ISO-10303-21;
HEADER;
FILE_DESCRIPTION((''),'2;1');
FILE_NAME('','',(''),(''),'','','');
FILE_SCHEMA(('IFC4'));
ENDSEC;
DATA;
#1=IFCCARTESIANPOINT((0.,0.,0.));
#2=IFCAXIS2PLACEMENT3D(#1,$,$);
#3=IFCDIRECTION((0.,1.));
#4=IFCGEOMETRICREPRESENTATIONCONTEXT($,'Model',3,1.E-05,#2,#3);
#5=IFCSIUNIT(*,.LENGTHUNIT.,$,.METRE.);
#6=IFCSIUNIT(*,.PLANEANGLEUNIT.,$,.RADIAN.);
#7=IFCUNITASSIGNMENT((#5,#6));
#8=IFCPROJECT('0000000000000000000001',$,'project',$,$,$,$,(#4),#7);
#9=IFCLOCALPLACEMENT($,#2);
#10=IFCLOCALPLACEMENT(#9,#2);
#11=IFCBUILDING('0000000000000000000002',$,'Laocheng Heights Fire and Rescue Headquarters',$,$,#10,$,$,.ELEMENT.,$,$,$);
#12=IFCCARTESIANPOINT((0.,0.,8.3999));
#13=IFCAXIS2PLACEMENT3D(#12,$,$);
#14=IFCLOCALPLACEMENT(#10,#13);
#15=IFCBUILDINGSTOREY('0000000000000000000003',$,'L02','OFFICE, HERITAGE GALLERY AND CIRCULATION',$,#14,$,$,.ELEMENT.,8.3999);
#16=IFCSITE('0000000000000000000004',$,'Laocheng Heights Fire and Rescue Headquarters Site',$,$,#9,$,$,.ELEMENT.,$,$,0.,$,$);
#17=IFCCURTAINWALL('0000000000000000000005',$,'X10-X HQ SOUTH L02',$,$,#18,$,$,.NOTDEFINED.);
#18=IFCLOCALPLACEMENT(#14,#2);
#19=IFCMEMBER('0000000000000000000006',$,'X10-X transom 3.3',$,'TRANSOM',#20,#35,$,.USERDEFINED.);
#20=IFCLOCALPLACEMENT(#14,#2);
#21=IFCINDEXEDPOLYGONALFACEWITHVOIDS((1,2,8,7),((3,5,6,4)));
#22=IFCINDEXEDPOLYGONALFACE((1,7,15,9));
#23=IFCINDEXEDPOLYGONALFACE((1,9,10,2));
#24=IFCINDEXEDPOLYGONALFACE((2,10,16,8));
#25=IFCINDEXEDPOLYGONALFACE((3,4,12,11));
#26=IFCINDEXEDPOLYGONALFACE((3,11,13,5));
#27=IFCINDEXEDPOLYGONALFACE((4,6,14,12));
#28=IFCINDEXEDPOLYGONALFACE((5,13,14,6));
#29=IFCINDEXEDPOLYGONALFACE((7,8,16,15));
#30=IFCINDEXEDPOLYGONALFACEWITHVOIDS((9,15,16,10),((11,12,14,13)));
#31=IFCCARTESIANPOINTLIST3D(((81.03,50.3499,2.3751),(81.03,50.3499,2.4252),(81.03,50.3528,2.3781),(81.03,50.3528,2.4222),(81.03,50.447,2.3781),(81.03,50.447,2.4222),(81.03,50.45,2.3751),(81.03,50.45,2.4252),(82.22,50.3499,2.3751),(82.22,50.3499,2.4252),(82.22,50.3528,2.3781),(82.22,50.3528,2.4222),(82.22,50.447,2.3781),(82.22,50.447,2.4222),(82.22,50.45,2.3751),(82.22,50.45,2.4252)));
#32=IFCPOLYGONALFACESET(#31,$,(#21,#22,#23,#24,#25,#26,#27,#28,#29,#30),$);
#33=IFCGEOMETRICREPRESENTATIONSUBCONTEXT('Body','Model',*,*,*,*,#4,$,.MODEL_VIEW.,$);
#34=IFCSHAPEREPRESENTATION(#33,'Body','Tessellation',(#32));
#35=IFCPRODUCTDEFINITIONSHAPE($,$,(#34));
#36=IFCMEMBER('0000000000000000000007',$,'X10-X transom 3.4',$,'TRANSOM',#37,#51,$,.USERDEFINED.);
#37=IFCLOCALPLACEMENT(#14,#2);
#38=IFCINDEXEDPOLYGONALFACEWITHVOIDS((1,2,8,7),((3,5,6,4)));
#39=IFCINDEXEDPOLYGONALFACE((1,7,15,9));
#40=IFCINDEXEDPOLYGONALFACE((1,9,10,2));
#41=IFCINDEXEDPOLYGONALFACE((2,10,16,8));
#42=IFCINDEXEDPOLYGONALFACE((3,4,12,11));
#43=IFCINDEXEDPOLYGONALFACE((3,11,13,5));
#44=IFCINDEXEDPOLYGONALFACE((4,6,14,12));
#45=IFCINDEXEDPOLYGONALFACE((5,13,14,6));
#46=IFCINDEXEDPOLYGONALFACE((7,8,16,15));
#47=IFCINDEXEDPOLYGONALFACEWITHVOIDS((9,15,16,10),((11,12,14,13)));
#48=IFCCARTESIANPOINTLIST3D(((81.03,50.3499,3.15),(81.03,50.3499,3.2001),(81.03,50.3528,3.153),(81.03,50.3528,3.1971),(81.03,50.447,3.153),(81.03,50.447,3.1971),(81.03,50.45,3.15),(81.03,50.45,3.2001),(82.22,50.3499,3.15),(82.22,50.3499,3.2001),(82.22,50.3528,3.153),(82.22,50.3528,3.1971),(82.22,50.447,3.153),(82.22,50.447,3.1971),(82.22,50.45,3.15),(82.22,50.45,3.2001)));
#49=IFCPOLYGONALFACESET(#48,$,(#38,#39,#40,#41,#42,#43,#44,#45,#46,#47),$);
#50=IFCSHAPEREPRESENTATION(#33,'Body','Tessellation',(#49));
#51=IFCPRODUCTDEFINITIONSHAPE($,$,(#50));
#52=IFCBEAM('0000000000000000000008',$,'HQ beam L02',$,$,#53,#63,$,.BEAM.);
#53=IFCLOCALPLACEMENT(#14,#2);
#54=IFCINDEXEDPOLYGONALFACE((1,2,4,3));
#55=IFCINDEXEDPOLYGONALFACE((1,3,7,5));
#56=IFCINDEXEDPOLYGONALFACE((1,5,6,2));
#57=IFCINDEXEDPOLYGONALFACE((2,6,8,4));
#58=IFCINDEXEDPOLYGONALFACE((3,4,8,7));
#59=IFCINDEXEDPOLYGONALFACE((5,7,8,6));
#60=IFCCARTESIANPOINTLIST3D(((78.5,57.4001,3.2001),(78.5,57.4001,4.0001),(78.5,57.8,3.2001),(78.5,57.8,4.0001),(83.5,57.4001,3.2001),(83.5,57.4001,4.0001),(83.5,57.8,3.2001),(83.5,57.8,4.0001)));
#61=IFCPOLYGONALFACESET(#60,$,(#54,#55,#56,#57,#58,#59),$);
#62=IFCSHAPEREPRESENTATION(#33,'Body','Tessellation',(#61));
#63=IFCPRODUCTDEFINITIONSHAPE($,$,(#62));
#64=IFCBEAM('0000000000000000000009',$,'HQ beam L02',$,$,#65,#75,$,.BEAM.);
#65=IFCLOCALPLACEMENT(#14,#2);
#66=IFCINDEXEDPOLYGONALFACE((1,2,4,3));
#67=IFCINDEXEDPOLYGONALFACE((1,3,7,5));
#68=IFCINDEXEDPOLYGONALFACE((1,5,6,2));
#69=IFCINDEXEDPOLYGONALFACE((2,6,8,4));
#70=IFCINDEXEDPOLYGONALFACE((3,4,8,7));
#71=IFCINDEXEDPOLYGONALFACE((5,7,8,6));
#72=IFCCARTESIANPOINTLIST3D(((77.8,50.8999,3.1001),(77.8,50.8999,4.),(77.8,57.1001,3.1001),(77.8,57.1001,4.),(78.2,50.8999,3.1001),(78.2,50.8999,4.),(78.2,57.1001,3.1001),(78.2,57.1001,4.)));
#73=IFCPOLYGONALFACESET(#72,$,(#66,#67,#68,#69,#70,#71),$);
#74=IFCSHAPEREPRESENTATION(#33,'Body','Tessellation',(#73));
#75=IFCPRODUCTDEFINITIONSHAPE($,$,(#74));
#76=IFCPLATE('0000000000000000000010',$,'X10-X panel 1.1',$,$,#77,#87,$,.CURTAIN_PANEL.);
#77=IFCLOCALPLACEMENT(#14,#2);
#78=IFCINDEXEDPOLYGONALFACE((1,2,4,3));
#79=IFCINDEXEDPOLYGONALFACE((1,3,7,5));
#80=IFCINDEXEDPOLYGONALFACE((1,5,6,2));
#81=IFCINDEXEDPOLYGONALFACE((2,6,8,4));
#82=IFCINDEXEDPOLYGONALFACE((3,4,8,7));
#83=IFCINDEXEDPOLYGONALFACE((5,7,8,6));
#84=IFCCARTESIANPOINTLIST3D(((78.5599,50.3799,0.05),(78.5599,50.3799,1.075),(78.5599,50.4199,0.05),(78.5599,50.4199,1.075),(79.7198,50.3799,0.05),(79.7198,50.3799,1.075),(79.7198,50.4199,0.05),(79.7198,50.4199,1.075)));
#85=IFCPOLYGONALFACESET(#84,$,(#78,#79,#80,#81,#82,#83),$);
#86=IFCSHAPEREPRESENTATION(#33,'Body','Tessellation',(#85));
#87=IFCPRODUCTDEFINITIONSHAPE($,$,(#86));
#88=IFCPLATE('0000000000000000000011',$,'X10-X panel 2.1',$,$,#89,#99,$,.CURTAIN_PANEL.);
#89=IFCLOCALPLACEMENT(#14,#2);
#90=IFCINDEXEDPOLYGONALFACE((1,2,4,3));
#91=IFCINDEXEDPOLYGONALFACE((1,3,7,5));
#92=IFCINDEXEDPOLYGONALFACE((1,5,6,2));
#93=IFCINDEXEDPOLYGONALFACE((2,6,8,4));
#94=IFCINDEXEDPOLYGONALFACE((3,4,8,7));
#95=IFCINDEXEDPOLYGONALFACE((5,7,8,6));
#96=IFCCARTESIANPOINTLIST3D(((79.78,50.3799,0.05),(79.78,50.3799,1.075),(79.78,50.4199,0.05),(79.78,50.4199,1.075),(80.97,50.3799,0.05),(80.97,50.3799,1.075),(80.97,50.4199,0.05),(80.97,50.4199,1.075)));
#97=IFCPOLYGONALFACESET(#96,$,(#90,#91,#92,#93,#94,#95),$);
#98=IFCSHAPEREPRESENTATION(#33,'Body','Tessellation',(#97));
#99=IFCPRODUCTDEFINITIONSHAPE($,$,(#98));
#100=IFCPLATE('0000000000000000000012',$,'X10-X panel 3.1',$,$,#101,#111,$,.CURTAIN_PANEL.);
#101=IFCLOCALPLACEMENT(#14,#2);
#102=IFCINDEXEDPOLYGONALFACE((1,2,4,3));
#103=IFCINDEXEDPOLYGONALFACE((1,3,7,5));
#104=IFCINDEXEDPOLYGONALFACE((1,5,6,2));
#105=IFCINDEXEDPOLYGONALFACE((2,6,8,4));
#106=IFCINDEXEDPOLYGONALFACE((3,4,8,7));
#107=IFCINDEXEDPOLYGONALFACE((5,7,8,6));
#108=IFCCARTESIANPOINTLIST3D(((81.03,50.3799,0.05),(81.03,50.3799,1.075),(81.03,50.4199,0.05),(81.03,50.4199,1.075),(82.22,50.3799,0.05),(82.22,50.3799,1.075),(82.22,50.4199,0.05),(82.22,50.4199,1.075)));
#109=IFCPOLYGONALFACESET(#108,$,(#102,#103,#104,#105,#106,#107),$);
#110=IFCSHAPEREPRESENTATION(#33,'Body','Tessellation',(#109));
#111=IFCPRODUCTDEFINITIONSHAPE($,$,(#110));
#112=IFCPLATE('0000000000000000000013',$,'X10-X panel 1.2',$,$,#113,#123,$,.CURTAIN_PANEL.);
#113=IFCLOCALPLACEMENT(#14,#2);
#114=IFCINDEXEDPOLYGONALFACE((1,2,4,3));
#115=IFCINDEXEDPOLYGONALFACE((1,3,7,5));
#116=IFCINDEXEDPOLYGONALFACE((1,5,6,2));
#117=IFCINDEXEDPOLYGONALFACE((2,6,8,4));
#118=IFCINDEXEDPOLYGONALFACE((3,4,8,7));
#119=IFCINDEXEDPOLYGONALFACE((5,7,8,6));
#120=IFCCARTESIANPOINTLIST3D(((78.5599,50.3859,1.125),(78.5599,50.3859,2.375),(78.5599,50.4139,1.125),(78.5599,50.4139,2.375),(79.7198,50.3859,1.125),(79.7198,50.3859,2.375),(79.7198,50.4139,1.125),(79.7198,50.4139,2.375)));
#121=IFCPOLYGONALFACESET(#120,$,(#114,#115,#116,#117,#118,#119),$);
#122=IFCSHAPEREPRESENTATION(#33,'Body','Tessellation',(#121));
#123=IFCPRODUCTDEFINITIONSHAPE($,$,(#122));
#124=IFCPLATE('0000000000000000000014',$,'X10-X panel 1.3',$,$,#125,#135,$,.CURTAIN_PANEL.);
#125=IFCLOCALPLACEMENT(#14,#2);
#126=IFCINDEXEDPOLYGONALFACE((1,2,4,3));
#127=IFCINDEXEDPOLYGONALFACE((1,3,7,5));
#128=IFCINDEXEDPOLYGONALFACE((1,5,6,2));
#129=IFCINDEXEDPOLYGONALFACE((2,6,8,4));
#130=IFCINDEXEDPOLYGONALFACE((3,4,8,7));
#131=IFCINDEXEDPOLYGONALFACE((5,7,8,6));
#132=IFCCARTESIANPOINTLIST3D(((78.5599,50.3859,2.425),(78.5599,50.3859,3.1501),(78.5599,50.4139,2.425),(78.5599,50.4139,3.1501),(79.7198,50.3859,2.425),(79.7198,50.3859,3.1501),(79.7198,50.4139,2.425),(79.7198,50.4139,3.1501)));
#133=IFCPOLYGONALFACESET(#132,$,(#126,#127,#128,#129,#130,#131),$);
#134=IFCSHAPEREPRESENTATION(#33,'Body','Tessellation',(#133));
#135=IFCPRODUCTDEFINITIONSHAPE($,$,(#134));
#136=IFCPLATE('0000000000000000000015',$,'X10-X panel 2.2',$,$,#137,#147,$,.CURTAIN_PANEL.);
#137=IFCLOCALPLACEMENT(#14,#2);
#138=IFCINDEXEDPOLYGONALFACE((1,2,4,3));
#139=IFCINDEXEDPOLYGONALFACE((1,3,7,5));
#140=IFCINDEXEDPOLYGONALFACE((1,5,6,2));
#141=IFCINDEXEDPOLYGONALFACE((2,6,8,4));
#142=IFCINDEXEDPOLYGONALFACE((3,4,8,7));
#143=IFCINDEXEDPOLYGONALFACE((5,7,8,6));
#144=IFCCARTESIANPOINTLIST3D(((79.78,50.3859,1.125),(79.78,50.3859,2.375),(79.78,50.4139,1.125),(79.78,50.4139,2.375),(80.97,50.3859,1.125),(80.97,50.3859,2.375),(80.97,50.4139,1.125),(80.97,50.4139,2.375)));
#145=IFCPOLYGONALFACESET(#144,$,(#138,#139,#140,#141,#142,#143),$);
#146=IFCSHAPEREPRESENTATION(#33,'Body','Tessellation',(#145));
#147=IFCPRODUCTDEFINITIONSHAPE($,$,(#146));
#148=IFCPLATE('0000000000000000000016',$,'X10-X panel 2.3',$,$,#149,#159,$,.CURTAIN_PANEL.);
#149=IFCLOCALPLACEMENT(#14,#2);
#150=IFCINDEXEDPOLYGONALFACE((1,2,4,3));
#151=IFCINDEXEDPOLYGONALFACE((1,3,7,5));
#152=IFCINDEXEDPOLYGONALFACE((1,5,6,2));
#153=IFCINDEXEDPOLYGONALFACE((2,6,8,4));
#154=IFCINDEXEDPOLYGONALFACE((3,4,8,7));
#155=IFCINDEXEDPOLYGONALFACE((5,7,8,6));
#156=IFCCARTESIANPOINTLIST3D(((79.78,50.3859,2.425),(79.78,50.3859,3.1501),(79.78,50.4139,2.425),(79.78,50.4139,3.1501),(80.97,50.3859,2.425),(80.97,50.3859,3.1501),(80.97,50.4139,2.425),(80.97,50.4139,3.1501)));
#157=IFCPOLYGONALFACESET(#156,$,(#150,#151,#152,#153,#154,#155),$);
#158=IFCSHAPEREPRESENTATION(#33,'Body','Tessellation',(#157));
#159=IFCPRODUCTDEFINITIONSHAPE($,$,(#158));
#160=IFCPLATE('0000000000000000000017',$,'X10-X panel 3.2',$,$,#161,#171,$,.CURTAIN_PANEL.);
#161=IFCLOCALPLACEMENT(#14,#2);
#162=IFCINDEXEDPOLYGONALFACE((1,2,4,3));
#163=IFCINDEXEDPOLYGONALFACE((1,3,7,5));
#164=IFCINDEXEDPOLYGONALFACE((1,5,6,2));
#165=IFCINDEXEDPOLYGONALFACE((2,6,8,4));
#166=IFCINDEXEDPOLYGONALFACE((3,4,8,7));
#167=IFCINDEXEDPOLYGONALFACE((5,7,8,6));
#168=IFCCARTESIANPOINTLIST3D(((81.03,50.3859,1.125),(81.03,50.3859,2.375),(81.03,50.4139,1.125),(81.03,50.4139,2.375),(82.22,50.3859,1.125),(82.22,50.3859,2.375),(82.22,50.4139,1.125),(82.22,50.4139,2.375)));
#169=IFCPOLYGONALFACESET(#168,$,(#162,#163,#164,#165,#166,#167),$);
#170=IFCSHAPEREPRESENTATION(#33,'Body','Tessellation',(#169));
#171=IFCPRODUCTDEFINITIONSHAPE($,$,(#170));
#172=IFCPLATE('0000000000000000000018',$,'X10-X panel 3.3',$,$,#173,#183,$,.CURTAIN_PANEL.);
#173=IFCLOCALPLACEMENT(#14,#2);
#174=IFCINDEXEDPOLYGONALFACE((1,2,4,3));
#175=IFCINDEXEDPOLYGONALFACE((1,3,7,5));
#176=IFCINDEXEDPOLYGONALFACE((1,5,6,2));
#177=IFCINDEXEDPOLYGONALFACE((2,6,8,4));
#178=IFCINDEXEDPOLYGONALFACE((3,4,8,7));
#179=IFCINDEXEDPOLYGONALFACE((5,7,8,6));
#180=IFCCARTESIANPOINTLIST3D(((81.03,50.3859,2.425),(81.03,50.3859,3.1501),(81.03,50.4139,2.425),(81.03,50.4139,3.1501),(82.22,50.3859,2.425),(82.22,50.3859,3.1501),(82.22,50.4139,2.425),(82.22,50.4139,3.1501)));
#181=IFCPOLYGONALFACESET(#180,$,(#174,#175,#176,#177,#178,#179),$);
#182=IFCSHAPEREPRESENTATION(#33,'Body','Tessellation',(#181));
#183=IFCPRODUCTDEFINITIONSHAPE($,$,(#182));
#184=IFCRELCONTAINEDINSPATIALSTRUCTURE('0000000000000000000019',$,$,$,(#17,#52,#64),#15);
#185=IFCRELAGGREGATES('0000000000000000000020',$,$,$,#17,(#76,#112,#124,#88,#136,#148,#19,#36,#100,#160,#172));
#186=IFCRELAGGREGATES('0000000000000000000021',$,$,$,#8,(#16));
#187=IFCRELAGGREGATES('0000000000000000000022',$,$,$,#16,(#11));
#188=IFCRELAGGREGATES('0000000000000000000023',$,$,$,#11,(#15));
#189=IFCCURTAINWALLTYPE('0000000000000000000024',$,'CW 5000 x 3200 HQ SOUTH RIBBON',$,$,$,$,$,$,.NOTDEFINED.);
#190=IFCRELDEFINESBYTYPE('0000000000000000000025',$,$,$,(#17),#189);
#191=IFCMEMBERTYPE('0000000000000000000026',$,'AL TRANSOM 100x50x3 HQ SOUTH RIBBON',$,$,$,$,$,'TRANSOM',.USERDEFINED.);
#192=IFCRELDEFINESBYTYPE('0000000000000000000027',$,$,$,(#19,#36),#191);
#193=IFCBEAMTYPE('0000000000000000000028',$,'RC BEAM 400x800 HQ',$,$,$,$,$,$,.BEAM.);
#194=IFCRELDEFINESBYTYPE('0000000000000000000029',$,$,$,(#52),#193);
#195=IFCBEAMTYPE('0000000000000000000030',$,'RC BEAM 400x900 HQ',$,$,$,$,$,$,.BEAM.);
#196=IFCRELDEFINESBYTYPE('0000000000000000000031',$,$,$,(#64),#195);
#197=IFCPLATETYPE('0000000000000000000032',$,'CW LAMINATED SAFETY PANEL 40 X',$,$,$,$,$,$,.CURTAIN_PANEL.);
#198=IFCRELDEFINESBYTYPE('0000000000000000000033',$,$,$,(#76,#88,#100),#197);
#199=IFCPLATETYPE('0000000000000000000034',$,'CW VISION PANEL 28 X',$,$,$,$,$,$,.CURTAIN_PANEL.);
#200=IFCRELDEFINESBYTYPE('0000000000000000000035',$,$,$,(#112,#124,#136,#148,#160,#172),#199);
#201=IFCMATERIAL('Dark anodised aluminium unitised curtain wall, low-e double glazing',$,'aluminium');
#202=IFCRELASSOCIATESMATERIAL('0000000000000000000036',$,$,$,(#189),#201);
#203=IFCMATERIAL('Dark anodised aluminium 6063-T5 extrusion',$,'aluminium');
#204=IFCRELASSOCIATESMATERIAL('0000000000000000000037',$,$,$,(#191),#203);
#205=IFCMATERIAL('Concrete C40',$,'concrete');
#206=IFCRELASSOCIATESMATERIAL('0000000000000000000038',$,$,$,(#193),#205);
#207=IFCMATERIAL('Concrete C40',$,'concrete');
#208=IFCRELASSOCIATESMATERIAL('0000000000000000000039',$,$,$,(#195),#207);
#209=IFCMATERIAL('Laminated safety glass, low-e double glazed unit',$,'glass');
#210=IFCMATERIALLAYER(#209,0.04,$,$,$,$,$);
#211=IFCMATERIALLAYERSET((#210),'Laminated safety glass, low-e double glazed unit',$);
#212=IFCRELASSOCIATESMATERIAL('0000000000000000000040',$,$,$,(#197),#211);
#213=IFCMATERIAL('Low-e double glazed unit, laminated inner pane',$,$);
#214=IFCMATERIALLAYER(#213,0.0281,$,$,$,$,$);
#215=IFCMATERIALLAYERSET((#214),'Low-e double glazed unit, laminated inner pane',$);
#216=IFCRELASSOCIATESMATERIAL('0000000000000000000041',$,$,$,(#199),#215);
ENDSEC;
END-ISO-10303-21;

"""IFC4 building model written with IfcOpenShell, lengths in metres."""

from ifc_helpers import new_model, si_unit, direction, frame, origin, origin_2d, place, context, subcontext, project, spatial, rectangle, hollow_rectangle, extrude, material, layer, layer_set, material_profile, profile_set, type_object, element, aggregate, save


model = new_model("IFC4")

# Units and contexts
model_context = context("Model", 3, precision=1e-05, world=origin(), true_north=direction((0.0, 1.0)))
body_context = subcontext(model_context, "Body", "Model", "MODEL_VIEW")
ifc_project = project(units=[si_unit("LENGTHUNIT", "METRE"), si_unit("PLANEANGLEUNIT", "RADIAN")], contexts=[model_context])

# Site, building, storey
site_placement = place(None, origin())
site = spatial("IfcSite", under=ifc_project, at=site_placement, Name="Laocheng Heights Fire and Rescue Headquarters Site", CompositionType="ELEMENT", RefElevation=0.0)
building_placement = place(site_placement, origin())
building = spatial("IfcBuilding", under=site, at=building_placement, Name="Laocheng Heights Fire and Rescue Headquarters", CompositionType="ELEMENT")
storey_placement = place(building_placement, frame((0.0, 0.0, 8.3999)))
storey = spatial("IfcBuildingStorey", under=building, at=storey_placement, Name="L02", Description="OFFICE, HERITAGE GALLERY AND CIRCULATION", CompositionType="ELEMENT", Elevation=8.3999)

# Curtain wall, members
ifc_material_1 = material(Name="Dark anodised aluminium unitised curtain wall, low-e double glazing", Category="aluminium")
curtain_wall_type = type_object("IfcCurtainWallType", Name="CW 5000 x 3200 HQ SOUTH RIBBON", PredefinedType="NOTDEFINED", material=ifc_material_1)
curtain_wall_placement = place(storey_placement, origin())
curtain_wall = element("IfcCurtainWall", 1, at=curtain_wall_placement, inside=storey, type_object=curtain_wall_type, Name="X10-X HQ SOUTH L02", PredefinedType="NOTDEFINED")
ifc_material_2 = material(Name="Dark anodised aluminium 6063-T5 extrusion", Category="aluminium")
ifc_material_profile_1 = material_profile(ifc_material_2, hollow_rectangle(XDim=0.1001, YDim=0.05, WallThickness=0.0029, at=origin_2d()), Name="AL TRANSOM 100x50x3 HQ SOUTH RIBBON")
ifc_profile_set_1 = profile_set([ifc_material_profile_1], Name="Dark anodised aluminium 6063-T5 extrusion")
member_type_1 = type_object("IfcMemberType", Name="AL TRANSOM 100x50x3 HQ SOUTH RIBBON", ElementType="TRANSOM", PredefinedType="USERDEFINED", material=ifc_profile_set_1)
member_1_placement = place(storey_placement, frame((81.03, 50.3999, 2.4001), z_axis=(1.0, 0.0, 0.0), x_axis=(0.0, 1.0, 0.0)))
member_1 = element("IfcMember", 2, at=member_1_placement, type_object=member_type_1, Name="X10-X transom 3.3", ObjectType="TRANSOM", PredefinedType="USERDEFINED", context=body_context, shape_type="SweptSolid", body=[
    extrude(hollow_rectangle(XDim=0.1001, YDim=0.05, WallThickness=0.0029, at=origin_2d()), origin(), (0.0, 0.0, 1.0), 1.1899),
])
member_2_placement = place(storey_placement, frame((81.03, 50.3999, 3.175), z_axis=(1.0, 0.0, 0.0), x_axis=(0.0, 1.0, 0.0)))
member_2 = element("IfcMember", 3, at=member_2_placement, type_object=member_type_1, Name="X10-X transom 3.4", ObjectType="TRANSOM", PredefinedType="USERDEFINED", context=body_context, shape_type="SweptSolid", body=[
    extrude(hollow_rectangle(XDim=0.1001, YDim=0.05, WallThickness=0.0029, at=origin_2d()), origin(), (0.0, 0.0, 1.0), 1.1899),
])

# Beams
ifc_material_3 = material(Name="Concrete C40", Category="concrete")
ifc_material_profile_2 = material_profile(ifc_material_3, rectangle(XDim=0.3999, YDim=0.8, at=origin_2d()), Name="RC BEAM 400x800 HQ")
ifc_profile_set_2 = profile_set([ifc_material_profile_2], Name="Concrete C40")
beam_type_1 = type_object("IfcBeamType", Name="RC BEAM 400x800 HQ", PredefinedType="BEAM", material=ifc_profile_set_2)
beam_1_placement = place(storey_placement, frame((78.5, 57.6001, 3.6001), z_axis=(1.0, 0.0, 0.0), x_axis=(0.0, 1.0, 0.0)))
element("IfcBeam", 4, at=beam_1_placement, inside=storey, type_object=beam_type_1, Name="HQ beam L02", PredefinedType="BEAM", context=body_context, shape_type="SweptSolid", body=[
    extrude(rectangle(XDim=0.3999, YDim=0.8, at=origin_2d()), origin(), (0.0, 0.0, 1.0), 5.0),
])
ifc_material_4 = material(Name="Concrete C40", Category="concrete")
ifc_material_profile_3 = material_profile(ifc_material_4, rectangle(XDim=0.3999, YDim=0.8999, at=origin_2d()), Name="RC BEAM 400x900 HQ")
ifc_profile_set_3 = profile_set([ifc_material_profile_3], Name="Concrete C40")
beam_type_2 = type_object("IfcBeamType", Name="RC BEAM 400x900 HQ", PredefinedType="BEAM", material=ifc_profile_set_3)
beam_2_placement = place(storey_placement, frame((78.0, 50.8999, 3.55), z_axis=(0.0, 1.0, 0.0), x_axis=(-1.0, 0.0, 0.0)))
element("IfcBeam", 5, at=beam_2_placement, inside=storey, type_object=beam_type_2, Name="HQ beam L02", PredefinedType="BEAM", context=body_context, shape_type="SweptSolid", body=[
    extrude(rectangle(XDim=0.3999, YDim=0.8999, at=origin_2d()), origin(), (0.0, 0.0, 1.0), 6.2002),
])

# Plates
ifc_material_5 = material(Name="Laminated safety glass, low-e double glazed unit", Category="glass")
ifc_layer_1 = layer(ifc_material_5, 0.04)
ifc_layer_set_1 = layer_set([ifc_layer_1], Name="Laminated safety glass, low-e double glazed unit")
plate_type_1 = type_object("IfcPlateType", Name="CW LAMINATED SAFETY PANEL 40 X", PredefinedType="CURTAIN_PANEL", material=ifc_layer_set_1)
plate_1_placement = place(storey_placement, frame((79.1399, 50.3999, 0.05), z_axis=(0.0, 0.0, 1.0), x_axis=(1.0, 0.0, 0.0)))
plate_1 = element("IfcPlate", 6, at=plate_1_placement, type_object=plate_type_1, Name="X10-X panel 1.1", PredefinedType="CURTAIN_PANEL", context=body_context, shape_type="SweptSolid", body=[
    extrude(rectangle(XDim=1.1599, YDim=0.04, at=origin_2d()), origin(), (0.0, 0.0, 1.0), 1.0249),
])
plate_2_placement = place(storey_placement, frame((80.375, 50.3999, 0.05), z_axis=(0.0, 0.0, 1.0), x_axis=(1.0, 0.0, 0.0)))
plate_2 = element("IfcPlate", 7, at=plate_2_placement, type_object=plate_type_1, Name="X10-X panel 2.1", PredefinedType="CURTAIN_PANEL", context=body_context, shape_type="SweptSolid", body=[
    extrude(rectangle(XDim=1.1899, YDim=0.04, at=origin_2d()), origin(), (0.0, 0.0, 1.0), 1.0249),
])
plate_3_placement = place(storey_placement, frame((81.625, 50.3999, 0.05), z_axis=(0.0, 0.0, 1.0), x_axis=(1.0, 0.0, 0.0)))
plate_3 = element("IfcPlate", 8, at=plate_3_placement, type_object=plate_type_1, Name="X10-X panel 3.1", PredefinedType="CURTAIN_PANEL", context=body_context, shape_type="SweptSolid", body=[
    extrude(rectangle(XDim=1.1899, YDim=0.04, at=origin_2d()), origin(), (0.0, 0.0, 1.0), 1.0249),
])
ifc_material_6 = material(Name="Low-e double glazed unit, laminated inner pane")
ifc_layer_2 = layer(ifc_material_6, 0.0281)
ifc_layer_set_2 = layer_set([ifc_layer_2], Name="Low-e double glazed unit, laminated inner pane")
plate_type_2 = type_object("IfcPlateType", Name="CW VISION PANEL 28 X", PredefinedType="CURTAIN_PANEL", material=ifc_layer_set_2)
plate_4_placement = place(storey_placement, frame((79.1399, 50.3999, 1.125), z_axis=(0.0, 0.0, 1.0), x_axis=(1.0, 0.0, 0.0)))
plate_4 = element("IfcPlate", 9, at=plate_4_placement, type_object=plate_type_2, Name="X10-X panel 1.2", PredefinedType="CURTAIN_PANEL", context=body_context, shape_type="SweptSolid", body=[
    extrude(rectangle(XDim=1.1599, YDim=0.0281, at=origin_2d()), origin(), (0.0, 0.0, 1.0), 1.25),
])
plate_5_placement = place(storey_placement, frame((79.1399, 50.3999, 2.425), z_axis=(0.0, 0.0, 1.0), x_axis=(1.0, 0.0, 0.0)))
plate_5 = element("IfcPlate", 10, at=plate_5_placement, type_object=plate_type_2, Name="X10-X panel 1.3", PredefinedType="CURTAIN_PANEL", context=body_context, shape_type="SweptSolid", body=[
    extrude(rectangle(XDim=1.1599, YDim=0.0281, at=origin_2d()), origin(), (0.0, 0.0, 1.0), 0.7251),
])
plate_6_placement = place(storey_placement, frame((80.375, 50.3999, 1.125), z_axis=(0.0, 0.0, 1.0), x_axis=(1.0, 0.0, 0.0)))
plate_6 = element("IfcPlate", 11, at=plate_6_placement, type_object=plate_type_2, Name="X10-X panel 2.2", PredefinedType="CURTAIN_PANEL", context=body_context, shape_type="SweptSolid", body=[
    extrude(rectangle(XDim=1.1899, YDim=0.0281, at=origin_2d()), origin(), (0.0, 0.0, 1.0), 1.25),
])
plate_7_placement = place(storey_placement, frame((80.375, 50.3999, 2.425), z_axis=(0.0, 0.0, 1.0), x_axis=(1.0, 0.0, 0.0)))
plate_7 = element("IfcPlate", 12, at=plate_7_placement, type_object=plate_type_2, Name="X10-X panel 2.3", PredefinedType="CURTAIN_PANEL", context=body_context, shape_type="SweptSolid", body=[
    extrude(rectangle(XDim=1.1899, YDim=0.0281, at=origin_2d()), origin(), (0.0, 0.0, 1.0), 0.7251),
])
plate_8_placement = place(storey_placement, frame((81.625, 50.3999, 1.125), z_axis=(0.0, 0.0, 1.0), x_axis=(1.0, 0.0, 0.0)))
plate_8 = element("IfcPlate", 13, at=plate_8_placement, type_object=plate_type_2, Name="X10-X panel 3.2", PredefinedType="CURTAIN_PANEL", context=body_context, shape_type="SweptSolid", body=[
    extrude(rectangle(XDim=1.1899, YDim=0.0281, at=origin_2d()), origin(), (0.0, 0.0, 1.0), 1.25),
])
plate_9_placement = place(storey_placement, frame((81.625, 50.3999, 2.425), z_axis=(0.0, 0.0, 1.0), x_axis=(1.0, 0.0, 0.0)))
plate_9 = element("IfcPlate", 14, at=plate_9_placement, type_object=plate_type_2, Name="X10-X panel 3.3", PredefinedType="CURTAIN_PANEL", context=body_context, shape_type="SweptSolid", body=[
    extrude(rectangle(XDim=1.1899, YDim=0.0281, at=origin_2d()), origin(), (0.0, 0.0, 1.0), 0.7251),
])
aggregate(curtain_wall, [plate_1, plate_4, plate_5, plate_2, plate_6, plate_7, member_1, member_2, plate_3, plate_8, plate_9])

save(model, "model.ifc")
